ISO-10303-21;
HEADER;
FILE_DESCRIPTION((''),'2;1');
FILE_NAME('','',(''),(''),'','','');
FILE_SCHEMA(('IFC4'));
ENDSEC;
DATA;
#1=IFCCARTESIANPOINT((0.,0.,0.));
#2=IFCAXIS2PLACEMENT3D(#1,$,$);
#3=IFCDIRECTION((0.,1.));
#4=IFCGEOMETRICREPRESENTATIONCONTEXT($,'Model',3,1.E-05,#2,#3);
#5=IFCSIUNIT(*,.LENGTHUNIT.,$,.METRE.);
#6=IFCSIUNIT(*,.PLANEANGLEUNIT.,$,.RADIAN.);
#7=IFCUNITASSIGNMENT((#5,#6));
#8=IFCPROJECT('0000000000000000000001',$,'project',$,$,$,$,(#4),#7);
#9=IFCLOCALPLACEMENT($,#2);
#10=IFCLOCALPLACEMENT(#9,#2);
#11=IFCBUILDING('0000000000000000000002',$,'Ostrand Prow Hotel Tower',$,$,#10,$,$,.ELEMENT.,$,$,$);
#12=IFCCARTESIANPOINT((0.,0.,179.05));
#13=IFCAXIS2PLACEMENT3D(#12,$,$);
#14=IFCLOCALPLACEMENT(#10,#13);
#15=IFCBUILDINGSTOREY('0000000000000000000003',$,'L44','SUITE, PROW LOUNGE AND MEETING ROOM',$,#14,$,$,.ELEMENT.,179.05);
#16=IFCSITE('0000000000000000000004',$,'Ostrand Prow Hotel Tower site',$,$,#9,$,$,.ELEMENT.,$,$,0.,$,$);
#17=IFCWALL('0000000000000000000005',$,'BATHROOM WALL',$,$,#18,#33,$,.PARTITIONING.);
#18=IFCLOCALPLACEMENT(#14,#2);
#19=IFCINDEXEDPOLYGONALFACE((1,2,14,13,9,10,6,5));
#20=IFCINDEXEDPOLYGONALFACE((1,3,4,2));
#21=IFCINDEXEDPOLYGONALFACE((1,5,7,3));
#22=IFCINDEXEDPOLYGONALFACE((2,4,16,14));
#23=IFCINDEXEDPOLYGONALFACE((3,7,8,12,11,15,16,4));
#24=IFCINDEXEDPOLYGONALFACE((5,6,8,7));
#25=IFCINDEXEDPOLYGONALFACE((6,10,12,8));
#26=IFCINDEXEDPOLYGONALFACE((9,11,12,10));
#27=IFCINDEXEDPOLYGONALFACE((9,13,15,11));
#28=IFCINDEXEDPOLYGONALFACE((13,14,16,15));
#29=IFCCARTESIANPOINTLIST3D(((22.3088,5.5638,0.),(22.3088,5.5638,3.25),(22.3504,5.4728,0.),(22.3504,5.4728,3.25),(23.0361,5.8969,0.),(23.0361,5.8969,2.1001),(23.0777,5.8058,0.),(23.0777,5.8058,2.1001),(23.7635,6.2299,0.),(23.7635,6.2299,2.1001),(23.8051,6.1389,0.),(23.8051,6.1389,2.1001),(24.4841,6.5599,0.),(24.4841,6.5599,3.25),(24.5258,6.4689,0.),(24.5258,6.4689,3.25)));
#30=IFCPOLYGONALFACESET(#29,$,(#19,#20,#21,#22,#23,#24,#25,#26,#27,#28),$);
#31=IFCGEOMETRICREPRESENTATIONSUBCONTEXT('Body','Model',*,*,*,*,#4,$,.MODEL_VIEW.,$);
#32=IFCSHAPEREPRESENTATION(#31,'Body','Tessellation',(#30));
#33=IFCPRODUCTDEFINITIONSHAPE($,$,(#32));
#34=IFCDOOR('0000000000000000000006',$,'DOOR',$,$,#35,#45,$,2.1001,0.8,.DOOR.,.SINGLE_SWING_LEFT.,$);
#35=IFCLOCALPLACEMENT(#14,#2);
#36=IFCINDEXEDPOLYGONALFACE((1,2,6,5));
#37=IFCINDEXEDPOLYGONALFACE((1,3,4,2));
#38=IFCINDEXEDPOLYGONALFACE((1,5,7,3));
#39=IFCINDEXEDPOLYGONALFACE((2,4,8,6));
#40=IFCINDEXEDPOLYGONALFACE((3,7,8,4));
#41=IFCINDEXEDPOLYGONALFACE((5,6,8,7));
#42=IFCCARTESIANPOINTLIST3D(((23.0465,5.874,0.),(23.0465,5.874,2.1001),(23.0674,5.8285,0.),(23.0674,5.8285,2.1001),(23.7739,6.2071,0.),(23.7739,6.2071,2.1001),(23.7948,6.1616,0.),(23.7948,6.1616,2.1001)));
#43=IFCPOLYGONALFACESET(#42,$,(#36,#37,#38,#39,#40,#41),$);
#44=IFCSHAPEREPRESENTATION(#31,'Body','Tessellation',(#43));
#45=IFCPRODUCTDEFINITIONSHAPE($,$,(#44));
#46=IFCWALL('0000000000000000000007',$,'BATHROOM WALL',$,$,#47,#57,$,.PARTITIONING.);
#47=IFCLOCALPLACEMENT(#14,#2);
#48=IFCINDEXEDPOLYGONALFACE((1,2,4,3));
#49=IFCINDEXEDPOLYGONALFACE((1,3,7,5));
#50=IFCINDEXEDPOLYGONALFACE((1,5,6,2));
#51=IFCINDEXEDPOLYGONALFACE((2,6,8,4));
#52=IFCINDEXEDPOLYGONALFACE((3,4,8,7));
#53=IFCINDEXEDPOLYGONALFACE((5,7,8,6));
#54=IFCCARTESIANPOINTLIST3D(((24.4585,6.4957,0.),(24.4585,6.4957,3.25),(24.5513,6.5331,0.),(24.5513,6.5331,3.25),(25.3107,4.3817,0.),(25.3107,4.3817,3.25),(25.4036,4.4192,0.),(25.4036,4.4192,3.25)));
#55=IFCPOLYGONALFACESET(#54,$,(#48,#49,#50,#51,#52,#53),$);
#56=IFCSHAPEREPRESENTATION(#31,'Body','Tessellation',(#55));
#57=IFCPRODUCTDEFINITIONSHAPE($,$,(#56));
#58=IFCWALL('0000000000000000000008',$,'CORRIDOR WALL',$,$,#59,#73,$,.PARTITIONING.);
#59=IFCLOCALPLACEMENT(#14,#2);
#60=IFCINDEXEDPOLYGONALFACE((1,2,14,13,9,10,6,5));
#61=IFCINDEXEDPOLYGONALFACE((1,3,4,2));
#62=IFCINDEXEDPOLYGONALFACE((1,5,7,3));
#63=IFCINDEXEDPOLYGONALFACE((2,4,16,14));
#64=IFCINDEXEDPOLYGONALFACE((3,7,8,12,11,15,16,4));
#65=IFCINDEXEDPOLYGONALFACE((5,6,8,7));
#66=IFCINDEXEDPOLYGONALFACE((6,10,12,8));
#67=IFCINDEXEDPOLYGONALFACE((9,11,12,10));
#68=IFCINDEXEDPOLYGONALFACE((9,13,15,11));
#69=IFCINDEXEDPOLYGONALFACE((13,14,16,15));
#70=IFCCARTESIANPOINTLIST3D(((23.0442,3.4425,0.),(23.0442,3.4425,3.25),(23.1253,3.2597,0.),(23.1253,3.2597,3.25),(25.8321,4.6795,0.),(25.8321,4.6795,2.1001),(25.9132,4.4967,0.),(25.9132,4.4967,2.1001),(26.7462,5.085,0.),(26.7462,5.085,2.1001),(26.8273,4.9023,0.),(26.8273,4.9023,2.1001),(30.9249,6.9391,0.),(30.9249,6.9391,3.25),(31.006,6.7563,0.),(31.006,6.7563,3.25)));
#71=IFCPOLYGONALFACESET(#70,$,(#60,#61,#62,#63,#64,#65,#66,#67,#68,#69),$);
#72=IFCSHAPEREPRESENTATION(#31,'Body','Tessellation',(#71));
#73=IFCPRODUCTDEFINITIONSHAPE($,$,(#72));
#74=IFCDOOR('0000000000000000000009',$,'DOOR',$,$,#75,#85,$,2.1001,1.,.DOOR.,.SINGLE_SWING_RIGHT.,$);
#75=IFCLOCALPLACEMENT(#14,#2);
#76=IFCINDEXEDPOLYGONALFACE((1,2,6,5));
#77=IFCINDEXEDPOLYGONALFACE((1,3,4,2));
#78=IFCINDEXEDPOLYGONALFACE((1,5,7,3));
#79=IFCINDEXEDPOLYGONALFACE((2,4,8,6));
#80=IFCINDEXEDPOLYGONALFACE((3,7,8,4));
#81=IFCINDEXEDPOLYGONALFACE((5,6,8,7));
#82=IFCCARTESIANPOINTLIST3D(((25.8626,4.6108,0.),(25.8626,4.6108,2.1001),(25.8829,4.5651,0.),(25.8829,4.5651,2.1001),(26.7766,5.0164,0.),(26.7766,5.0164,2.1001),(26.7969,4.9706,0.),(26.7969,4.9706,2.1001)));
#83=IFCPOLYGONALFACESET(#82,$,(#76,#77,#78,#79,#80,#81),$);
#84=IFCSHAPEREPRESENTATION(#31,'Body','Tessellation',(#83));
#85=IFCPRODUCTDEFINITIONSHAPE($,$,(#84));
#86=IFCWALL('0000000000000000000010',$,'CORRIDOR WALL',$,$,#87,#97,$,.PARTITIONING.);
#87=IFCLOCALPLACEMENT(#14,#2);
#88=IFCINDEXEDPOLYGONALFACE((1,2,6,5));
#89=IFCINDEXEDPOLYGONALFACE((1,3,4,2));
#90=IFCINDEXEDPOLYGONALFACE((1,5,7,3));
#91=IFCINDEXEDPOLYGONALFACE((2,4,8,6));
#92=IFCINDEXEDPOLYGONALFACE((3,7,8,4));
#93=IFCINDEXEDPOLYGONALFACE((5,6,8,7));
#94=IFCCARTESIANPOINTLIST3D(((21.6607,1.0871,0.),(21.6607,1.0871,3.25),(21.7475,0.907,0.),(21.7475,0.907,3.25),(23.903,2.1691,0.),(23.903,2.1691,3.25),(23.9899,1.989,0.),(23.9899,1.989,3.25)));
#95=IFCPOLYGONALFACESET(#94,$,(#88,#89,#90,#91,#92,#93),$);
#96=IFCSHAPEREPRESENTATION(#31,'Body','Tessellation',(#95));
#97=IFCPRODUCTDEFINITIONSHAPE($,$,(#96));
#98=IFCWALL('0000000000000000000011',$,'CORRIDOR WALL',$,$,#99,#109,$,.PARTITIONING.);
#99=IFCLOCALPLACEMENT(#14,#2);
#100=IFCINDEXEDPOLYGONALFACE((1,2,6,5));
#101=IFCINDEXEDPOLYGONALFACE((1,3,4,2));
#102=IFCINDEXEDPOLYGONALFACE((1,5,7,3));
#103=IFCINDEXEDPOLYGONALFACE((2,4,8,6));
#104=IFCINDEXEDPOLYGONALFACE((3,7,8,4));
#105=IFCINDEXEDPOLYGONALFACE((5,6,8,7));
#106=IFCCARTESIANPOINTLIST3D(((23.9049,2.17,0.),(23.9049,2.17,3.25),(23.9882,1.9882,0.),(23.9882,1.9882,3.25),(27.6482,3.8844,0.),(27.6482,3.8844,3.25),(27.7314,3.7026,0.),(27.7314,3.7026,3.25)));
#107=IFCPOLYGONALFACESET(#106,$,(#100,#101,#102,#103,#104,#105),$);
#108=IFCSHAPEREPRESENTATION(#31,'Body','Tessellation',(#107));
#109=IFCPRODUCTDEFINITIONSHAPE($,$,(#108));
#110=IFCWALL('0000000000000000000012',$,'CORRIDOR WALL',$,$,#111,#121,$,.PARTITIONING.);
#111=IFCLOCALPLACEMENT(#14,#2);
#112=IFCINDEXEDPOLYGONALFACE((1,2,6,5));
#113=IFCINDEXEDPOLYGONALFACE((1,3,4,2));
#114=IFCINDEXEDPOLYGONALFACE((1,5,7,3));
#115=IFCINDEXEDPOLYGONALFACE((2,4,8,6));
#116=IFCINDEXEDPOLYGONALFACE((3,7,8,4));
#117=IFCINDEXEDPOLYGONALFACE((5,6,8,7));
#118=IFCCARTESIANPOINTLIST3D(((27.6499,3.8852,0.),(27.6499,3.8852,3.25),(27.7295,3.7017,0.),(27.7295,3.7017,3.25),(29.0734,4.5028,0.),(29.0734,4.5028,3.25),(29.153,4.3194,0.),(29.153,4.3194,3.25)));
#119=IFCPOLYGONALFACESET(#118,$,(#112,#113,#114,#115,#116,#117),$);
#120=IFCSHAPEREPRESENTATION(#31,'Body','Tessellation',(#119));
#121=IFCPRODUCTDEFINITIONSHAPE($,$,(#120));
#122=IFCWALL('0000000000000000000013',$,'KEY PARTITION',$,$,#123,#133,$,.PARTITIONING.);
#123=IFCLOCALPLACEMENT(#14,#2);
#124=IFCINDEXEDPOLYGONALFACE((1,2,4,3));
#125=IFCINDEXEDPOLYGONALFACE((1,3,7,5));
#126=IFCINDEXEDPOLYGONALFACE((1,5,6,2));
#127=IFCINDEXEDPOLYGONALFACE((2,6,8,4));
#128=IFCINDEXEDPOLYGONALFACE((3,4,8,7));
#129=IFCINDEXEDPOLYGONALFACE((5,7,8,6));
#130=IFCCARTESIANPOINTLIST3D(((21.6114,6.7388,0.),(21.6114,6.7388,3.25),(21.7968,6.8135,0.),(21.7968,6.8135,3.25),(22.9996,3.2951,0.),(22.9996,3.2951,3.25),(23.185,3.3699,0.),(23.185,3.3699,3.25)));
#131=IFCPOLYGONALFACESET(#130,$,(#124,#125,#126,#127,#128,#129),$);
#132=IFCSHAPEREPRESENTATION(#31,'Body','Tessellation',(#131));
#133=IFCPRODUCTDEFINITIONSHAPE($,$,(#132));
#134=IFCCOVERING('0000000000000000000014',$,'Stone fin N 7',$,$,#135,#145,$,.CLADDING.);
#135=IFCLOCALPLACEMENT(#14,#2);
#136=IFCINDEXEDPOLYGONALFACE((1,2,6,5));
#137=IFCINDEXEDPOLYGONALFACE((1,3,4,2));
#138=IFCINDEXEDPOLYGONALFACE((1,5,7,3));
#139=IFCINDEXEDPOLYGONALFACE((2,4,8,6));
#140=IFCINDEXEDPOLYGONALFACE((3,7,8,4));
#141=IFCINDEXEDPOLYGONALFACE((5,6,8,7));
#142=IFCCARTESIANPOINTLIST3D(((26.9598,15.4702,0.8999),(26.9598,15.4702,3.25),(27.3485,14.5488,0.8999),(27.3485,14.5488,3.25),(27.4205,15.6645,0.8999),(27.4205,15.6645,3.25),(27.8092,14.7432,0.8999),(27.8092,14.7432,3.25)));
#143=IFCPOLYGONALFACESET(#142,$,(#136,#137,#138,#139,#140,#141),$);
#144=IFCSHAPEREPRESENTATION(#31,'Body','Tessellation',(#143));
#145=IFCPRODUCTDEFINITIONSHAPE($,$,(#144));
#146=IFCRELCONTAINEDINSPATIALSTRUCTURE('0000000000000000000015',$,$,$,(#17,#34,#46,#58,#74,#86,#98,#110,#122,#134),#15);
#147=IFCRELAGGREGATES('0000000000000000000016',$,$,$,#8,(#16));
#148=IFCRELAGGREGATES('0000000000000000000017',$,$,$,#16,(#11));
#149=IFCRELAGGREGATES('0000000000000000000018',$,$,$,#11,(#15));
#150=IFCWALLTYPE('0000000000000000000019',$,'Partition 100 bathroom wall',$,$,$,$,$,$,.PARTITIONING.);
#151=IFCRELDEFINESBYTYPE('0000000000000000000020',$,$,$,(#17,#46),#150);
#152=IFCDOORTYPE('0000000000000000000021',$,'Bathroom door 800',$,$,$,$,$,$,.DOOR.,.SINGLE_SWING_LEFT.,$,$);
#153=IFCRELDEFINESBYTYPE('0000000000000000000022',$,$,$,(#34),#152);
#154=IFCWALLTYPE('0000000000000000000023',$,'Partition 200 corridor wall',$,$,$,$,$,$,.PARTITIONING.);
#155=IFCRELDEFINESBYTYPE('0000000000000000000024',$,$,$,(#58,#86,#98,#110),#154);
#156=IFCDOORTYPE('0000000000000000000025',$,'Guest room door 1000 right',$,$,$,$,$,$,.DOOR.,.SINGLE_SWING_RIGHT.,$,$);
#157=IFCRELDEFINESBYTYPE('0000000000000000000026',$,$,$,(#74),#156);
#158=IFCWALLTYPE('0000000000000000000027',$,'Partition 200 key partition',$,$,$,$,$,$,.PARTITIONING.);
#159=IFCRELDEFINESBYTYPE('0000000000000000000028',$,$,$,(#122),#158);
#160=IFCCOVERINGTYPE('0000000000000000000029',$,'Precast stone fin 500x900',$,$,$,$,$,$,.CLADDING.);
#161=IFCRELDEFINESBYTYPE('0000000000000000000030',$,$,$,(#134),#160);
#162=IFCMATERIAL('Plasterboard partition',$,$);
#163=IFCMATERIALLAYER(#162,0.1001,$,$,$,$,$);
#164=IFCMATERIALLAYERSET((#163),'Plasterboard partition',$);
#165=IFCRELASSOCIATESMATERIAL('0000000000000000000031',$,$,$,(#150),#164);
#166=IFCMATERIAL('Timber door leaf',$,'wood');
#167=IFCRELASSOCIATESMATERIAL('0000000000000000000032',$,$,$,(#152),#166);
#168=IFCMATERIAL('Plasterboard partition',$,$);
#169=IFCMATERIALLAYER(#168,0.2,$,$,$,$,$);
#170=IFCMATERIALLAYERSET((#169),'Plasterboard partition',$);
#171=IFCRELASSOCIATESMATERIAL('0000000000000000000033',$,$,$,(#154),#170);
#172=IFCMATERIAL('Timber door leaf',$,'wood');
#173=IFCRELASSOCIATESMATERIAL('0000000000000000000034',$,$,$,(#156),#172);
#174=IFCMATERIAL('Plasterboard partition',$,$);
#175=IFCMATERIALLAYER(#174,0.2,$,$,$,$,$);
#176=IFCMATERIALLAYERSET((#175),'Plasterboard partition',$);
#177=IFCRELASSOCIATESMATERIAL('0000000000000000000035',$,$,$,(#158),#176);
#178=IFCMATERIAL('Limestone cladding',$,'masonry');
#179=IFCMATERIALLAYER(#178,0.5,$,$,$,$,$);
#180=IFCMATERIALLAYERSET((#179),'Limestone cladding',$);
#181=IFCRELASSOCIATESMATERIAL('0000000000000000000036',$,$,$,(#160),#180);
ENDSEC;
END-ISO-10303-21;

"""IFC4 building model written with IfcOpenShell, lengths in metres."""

from ifc_helpers import new_model, si_unit, direction, frame, frame_2d, origin, place, context, subcontext, project, spatial, rectangle, extrude, material, layer, layer_set, type_object, element, fill, save


model = new_model("IFC4")

# Units and contexts
model_context = context("Model", 3, precision=1e-05, world=origin(), true_north=direction((0.0, 1.0)))
body_context = subcontext(model_context, "Body", "Model", "MODEL_VIEW")
ifc_project = project(units=[si_unit("LENGTHUNIT", "METRE"), si_unit("PLANEANGLEUNIT", "RADIAN")], contexts=[model_context])

# Site, building, storey
site_placement = place(None, origin())
site = spatial("IfcSite", under=ifc_project, at=site_placement, Name="Ostrand Prow Hotel Tower site", CompositionType="ELEMENT", RefElevation=0.0)
building_placement = place(site_placement, origin())
building = spatial("IfcBuilding", under=site, at=building_placement, Name="Ostrand Prow Hotel Tower", CompositionType="ELEMENT")
storey_placement = place(building_placement, frame((0.0, 0.0, 179.05)))
storey = spatial("IfcBuildingStorey", under=building, at=storey_placement, Name="L44", Description="SUITE, PROW LOUNGE AND MEETING ROOM", CompositionType="ELEMENT", Elevation=179.05)

# Wall, opening, door
ifc_material_1 = material(Name="Plasterboard partition")
ifc_layer_1 = layer(ifc_material_1, 0.1001)
ifc_layer_set_1 = layer_set([ifc_layer_1], Name="Plasterboard partition")
wall_type_1 = type_object("IfcWallType", Name="Partition 100 bathroom wall", PredefinedType="PARTITIONING", material=ifc_layer_set_1)
wall_1_placement = place(storey_placement, frame((22.3296, 5.5183, 0.0), z_axis=(0.0, 0.0, 1.0), x_axis=(0.90921, 0.416338, 0.0)))
wall_1 = element("IfcWall", 1, at=wall_1_placement, inside=storey, type_object=wall_type_1, Name="BATHROOM WALL", PredefinedType="PARTITIONING", context=body_context, shape_type="SweptSolid", body=[
    extrude(rectangle(XDim=2.3926, YDim=0.1001, at=frame_2d((1.1963, 0.0))), origin(), (0.0, 0.0, 1.0), 3.25),
])
opening_1_placement = place(wall_1_placement, frame((0.8, 0.0, 0.0)))
opening_1 = element("IfcOpeningElement", 2, at=opening_1_placement, cuts=wall_1, PredefinedType="OPENING", context=body_context, shape_type="SweptSolid", body=[
    extrude(rectangle(XDim=0.8, YDim=2.1001, at=frame_2d((0.3999, 1.05))), frame((0.0, 0.0601, 0.0), z_axis=(0.0, -1.0, 0.0), x_axis=(1.0, 0.0, 0.0)), (0.0, 0.0, 1.0), 0.1201),
])
ifc_material_2 = material(Name="Timber door leaf", Category="wood")
door_type_1 = type_object("IfcDoorType", Name="Bathroom door 800", OperationType="SINGLE_SWING_LEFT", PredefinedType="DOOR", material=ifc_material_2)
door_1_placement = place(opening_1_placement, origin())
door_1 = element("IfcDoor", 3, at=door_1_placement, inside=storey, type_object=door_type_1, Name="DOOR", OperationType="SINGLE_SWING_LEFT", OverallHeight=2.1001, OverallWidth=0.8, PredefinedType="DOOR", context=body_context, shape_type="SweptSolid", body=[
    extrude(rectangle(XDim=0.8, YDim=2.1001, at=frame_2d((0.3999, 1.05))), frame((0.0, 0.0249, 0.0), z_axis=(0.0, -1.0, 0.0), x_axis=(1.0, 0.0, 0.0)), (0.0, 0.0, 1.0), 0.05),
])
fill(opening_1, door_1)

# Wall
wall_2_placement = place(storey_placement, frame((24.5049, 6.5144, 0.0), z_axis=(0.0, 0.0, 1.0), x_axis=(0.373919, -0.927461, 0.0)))
element("IfcWall", 4, at=wall_2_placement, inside=storey, type_object=wall_type_1, Name="BATHROOM WALL", PredefinedType="PARTITIONING", context=body_context, shape_type="SweptSolid", body=[
    extrude(rectangle(XDim=2.2793, YDim=0.1001, at=frame_2d((1.1396, 0.0))), origin(), (0.0, 0.0, 1.0), 3.25),
])

# Wall, opening, door
ifc_material_3 = material(Name="Plasterboard partition")
ifc_layer_2 = layer(ifc_material_3, 0.2)
ifc_layer_set_2 = layer_set([ifc_layer_2], Name="Plasterboard partition")
wall_type_2 = type_object("IfcWallType", Name="Partition 200 corridor wall", PredefinedType="PARTITIONING", material=ifc_layer_set_2)
wall_3_placement = place(storey_placement, frame((23.0847, 3.3511, 0.0), z_axis=(0.0, 0.0, 1.0), x_axis=(0.914066, 0.405566, 0.0)))
wall_3 = element("IfcWall", 5, at=wall_3_placement, inside=storey, type_object=wall_type_2, Name="CORRIDOR WALL", PredefinedType="PARTITIONING", context=body_context, shape_type="SweptSolid", body=[
    extrude(rectangle(XDim=8.6216, YDim=0.2, at=frame_2d((4.3108, 0.0))), origin(), (0.0, 0.0, 1.0), 3.25),
])
opening_2_placement = place(wall_3_placement, frame((3.05, 0.0, 0.0)))
opening_2 = element("IfcOpeningElement", 6, at=opening_2_placement, cuts=wall_3, PredefinedType="OPENING", context=body_context, shape_type="SweptSolid", body=[
    extrude(rectangle(XDim=1.0, YDim=2.1001, at=frame_2d((0.5, 1.05))), frame((0.0, 0.1099, 0.0), z_axis=(0.0, -1.0, 0.0), x_axis=(1.0, 0.0, 0.0)), (0.0, 0.0, 1.0), 0.22),
])
ifc_material_4 = material(Name="Timber door leaf", Category="wood")
door_type_2 = type_object("IfcDoorType", Name="Guest room door 1000 right", OperationType="SINGLE_SWING_RIGHT", PredefinedType="DOOR", material=ifc_material_4)
door_2_placement = place(opening_2_placement, origin())
door_2 = element("IfcDoor", 7, at=door_2_placement, inside=storey, type_object=door_type_2, Name="DOOR", OperationType="SINGLE_SWING_RIGHT", OverallHeight=2.1001, OverallWidth=1.0, PredefinedType="DOOR", context=body_context, shape_type="SweptSolid", body=[
    extrude(rectangle(XDim=1.0, YDim=2.1001, at=frame_2d((0.5, 1.05))), frame((0.0, 0.0249, 0.0), z_axis=(0.0, -1.0, 0.0), x_axis=(1.0, 0.0, 0.0)), (0.0, 0.0, 1.0), 0.05),
])
fill(opening_2, door_2)

# Walls
wall_4_placement = place(storey_placement, frame((21.7041, 0.9971, 0.0), z_axis=(0.0, 0.0, 1.0), x_axis=(0.900634, 0.434579, 0.0)))
element("IfcWall", 8, at=wall_4_placement, inside=storey, type_object=wall_type_2, Name="CORRIDOR WALL", PredefinedType="PARTITIONING", context=body_context, shape_type="SweptSolid", body=[
    extrude(rectangle(XDim=2.4897, YDim=0.2, at=frame_2d((1.2449, 0.0))), origin(), (0.0, 0.0, 1.0), 3.25),
])
wall_5_placement = place(storey_placement, frame((23.9465, 2.0791, 0.0), z_axis=(0.0, 0.0, 1.0), x_axis=(0.909181, 0.416402, 0.0)))
element("IfcWall", 9, at=wall_5_placement, inside=storey, type_object=wall_type_2, Name="CORRIDOR WALL", PredefinedType="PARTITIONING", context=body_context, shape_type="SweptSolid", body=[
    extrude(rectangle(XDim=4.1172, YDim=0.2, at=frame_2d((2.0586, 0.0))), origin(), (0.0, 0.0, 1.0), 3.25),
])
wall_6_placement = place(storey_placement, frame((27.6897, 3.7935, 0.0), z_axis=(0.0, 0.0, 1.0), x_axis=(0.91737, 0.398036, 0.0)))
element("IfcWall", 10, at=wall_6_placement, inside=storey, type_object=wall_type_2, Name="CORRIDOR WALL", PredefinedType="PARTITIONING", context=body_context, shape_type="SweptSolid", body=[
    extrude(rectangle(XDim=1.5518, YDim=0.2, at=frame_2d((0.7759, 0.0))), origin(), (0.0, 0.0, 1.0), 3.25),
])
ifc_material_5 = material(Name="Plasterboard partition")
ifc_layer_3 = layer(ifc_material_5, 0.2)
ifc_layer_set_3 = layer_set([ifc_layer_3], Name="Plasterboard partition")
wall_type_3 = type_object("IfcWallType", Name="Partition 200 key partition", PredefinedType="PARTITIONING", material=ifc_layer_set_3)
wall_7_placement = place(storey_placement, frame((23.0923, 3.3325, 0.0), z_axis=(0.0, 0.0, 1.0), x_axis=(-0.373883, 0.927476, 0.0)))
element("IfcWall", 11, at=wall_7_placement, inside=storey, type_object=wall_type_3, Name="KEY PARTITION", PredefinedType="PARTITIONING", context=body_context, shape_type="SweptSolid", body=[
    extrude(rectangle(XDim=3.7129, YDim=0.2, at=frame_2d((1.8564, 0.0))), origin(), (0.0, 0.0, 1.0), 3.25),
])

# Covering
ifc_material_6 = material(Name="Limestone cladding", Category="masonry")
ifc_layer_4 = layer(ifc_material_6, 0.5)
ifc_layer_set_4 = layer_set([ifc_layer_4], Name="Limestone cladding")
covering_type = type_object("IfcCoveringType", Name="Precast stone fin 500x900", PredefinedType="CLADDING", material=ifc_layer_set_4)
covering_placement = place(storey_placement, frame((27.5789, 14.646, 0.8999), z_axis=(0.0, 0.0, 1.0), x_axis=(-0.388668, 0.921378, 0.0)))
element("IfcCovering", 12, at=covering_placement, inside=storey, type_object=covering_type, Name="Stone fin N 7", PredefinedType="CLADDING", context=body_context, shape_type="SweptSolid", body=[
    extrude(rectangle(XDim=1.0, YDim=0.5, at=frame_2d((0.5, 0.0))), origin(), (0.0, 0.0, 1.0), 2.3501),
])

save(model, "model.ifc")
